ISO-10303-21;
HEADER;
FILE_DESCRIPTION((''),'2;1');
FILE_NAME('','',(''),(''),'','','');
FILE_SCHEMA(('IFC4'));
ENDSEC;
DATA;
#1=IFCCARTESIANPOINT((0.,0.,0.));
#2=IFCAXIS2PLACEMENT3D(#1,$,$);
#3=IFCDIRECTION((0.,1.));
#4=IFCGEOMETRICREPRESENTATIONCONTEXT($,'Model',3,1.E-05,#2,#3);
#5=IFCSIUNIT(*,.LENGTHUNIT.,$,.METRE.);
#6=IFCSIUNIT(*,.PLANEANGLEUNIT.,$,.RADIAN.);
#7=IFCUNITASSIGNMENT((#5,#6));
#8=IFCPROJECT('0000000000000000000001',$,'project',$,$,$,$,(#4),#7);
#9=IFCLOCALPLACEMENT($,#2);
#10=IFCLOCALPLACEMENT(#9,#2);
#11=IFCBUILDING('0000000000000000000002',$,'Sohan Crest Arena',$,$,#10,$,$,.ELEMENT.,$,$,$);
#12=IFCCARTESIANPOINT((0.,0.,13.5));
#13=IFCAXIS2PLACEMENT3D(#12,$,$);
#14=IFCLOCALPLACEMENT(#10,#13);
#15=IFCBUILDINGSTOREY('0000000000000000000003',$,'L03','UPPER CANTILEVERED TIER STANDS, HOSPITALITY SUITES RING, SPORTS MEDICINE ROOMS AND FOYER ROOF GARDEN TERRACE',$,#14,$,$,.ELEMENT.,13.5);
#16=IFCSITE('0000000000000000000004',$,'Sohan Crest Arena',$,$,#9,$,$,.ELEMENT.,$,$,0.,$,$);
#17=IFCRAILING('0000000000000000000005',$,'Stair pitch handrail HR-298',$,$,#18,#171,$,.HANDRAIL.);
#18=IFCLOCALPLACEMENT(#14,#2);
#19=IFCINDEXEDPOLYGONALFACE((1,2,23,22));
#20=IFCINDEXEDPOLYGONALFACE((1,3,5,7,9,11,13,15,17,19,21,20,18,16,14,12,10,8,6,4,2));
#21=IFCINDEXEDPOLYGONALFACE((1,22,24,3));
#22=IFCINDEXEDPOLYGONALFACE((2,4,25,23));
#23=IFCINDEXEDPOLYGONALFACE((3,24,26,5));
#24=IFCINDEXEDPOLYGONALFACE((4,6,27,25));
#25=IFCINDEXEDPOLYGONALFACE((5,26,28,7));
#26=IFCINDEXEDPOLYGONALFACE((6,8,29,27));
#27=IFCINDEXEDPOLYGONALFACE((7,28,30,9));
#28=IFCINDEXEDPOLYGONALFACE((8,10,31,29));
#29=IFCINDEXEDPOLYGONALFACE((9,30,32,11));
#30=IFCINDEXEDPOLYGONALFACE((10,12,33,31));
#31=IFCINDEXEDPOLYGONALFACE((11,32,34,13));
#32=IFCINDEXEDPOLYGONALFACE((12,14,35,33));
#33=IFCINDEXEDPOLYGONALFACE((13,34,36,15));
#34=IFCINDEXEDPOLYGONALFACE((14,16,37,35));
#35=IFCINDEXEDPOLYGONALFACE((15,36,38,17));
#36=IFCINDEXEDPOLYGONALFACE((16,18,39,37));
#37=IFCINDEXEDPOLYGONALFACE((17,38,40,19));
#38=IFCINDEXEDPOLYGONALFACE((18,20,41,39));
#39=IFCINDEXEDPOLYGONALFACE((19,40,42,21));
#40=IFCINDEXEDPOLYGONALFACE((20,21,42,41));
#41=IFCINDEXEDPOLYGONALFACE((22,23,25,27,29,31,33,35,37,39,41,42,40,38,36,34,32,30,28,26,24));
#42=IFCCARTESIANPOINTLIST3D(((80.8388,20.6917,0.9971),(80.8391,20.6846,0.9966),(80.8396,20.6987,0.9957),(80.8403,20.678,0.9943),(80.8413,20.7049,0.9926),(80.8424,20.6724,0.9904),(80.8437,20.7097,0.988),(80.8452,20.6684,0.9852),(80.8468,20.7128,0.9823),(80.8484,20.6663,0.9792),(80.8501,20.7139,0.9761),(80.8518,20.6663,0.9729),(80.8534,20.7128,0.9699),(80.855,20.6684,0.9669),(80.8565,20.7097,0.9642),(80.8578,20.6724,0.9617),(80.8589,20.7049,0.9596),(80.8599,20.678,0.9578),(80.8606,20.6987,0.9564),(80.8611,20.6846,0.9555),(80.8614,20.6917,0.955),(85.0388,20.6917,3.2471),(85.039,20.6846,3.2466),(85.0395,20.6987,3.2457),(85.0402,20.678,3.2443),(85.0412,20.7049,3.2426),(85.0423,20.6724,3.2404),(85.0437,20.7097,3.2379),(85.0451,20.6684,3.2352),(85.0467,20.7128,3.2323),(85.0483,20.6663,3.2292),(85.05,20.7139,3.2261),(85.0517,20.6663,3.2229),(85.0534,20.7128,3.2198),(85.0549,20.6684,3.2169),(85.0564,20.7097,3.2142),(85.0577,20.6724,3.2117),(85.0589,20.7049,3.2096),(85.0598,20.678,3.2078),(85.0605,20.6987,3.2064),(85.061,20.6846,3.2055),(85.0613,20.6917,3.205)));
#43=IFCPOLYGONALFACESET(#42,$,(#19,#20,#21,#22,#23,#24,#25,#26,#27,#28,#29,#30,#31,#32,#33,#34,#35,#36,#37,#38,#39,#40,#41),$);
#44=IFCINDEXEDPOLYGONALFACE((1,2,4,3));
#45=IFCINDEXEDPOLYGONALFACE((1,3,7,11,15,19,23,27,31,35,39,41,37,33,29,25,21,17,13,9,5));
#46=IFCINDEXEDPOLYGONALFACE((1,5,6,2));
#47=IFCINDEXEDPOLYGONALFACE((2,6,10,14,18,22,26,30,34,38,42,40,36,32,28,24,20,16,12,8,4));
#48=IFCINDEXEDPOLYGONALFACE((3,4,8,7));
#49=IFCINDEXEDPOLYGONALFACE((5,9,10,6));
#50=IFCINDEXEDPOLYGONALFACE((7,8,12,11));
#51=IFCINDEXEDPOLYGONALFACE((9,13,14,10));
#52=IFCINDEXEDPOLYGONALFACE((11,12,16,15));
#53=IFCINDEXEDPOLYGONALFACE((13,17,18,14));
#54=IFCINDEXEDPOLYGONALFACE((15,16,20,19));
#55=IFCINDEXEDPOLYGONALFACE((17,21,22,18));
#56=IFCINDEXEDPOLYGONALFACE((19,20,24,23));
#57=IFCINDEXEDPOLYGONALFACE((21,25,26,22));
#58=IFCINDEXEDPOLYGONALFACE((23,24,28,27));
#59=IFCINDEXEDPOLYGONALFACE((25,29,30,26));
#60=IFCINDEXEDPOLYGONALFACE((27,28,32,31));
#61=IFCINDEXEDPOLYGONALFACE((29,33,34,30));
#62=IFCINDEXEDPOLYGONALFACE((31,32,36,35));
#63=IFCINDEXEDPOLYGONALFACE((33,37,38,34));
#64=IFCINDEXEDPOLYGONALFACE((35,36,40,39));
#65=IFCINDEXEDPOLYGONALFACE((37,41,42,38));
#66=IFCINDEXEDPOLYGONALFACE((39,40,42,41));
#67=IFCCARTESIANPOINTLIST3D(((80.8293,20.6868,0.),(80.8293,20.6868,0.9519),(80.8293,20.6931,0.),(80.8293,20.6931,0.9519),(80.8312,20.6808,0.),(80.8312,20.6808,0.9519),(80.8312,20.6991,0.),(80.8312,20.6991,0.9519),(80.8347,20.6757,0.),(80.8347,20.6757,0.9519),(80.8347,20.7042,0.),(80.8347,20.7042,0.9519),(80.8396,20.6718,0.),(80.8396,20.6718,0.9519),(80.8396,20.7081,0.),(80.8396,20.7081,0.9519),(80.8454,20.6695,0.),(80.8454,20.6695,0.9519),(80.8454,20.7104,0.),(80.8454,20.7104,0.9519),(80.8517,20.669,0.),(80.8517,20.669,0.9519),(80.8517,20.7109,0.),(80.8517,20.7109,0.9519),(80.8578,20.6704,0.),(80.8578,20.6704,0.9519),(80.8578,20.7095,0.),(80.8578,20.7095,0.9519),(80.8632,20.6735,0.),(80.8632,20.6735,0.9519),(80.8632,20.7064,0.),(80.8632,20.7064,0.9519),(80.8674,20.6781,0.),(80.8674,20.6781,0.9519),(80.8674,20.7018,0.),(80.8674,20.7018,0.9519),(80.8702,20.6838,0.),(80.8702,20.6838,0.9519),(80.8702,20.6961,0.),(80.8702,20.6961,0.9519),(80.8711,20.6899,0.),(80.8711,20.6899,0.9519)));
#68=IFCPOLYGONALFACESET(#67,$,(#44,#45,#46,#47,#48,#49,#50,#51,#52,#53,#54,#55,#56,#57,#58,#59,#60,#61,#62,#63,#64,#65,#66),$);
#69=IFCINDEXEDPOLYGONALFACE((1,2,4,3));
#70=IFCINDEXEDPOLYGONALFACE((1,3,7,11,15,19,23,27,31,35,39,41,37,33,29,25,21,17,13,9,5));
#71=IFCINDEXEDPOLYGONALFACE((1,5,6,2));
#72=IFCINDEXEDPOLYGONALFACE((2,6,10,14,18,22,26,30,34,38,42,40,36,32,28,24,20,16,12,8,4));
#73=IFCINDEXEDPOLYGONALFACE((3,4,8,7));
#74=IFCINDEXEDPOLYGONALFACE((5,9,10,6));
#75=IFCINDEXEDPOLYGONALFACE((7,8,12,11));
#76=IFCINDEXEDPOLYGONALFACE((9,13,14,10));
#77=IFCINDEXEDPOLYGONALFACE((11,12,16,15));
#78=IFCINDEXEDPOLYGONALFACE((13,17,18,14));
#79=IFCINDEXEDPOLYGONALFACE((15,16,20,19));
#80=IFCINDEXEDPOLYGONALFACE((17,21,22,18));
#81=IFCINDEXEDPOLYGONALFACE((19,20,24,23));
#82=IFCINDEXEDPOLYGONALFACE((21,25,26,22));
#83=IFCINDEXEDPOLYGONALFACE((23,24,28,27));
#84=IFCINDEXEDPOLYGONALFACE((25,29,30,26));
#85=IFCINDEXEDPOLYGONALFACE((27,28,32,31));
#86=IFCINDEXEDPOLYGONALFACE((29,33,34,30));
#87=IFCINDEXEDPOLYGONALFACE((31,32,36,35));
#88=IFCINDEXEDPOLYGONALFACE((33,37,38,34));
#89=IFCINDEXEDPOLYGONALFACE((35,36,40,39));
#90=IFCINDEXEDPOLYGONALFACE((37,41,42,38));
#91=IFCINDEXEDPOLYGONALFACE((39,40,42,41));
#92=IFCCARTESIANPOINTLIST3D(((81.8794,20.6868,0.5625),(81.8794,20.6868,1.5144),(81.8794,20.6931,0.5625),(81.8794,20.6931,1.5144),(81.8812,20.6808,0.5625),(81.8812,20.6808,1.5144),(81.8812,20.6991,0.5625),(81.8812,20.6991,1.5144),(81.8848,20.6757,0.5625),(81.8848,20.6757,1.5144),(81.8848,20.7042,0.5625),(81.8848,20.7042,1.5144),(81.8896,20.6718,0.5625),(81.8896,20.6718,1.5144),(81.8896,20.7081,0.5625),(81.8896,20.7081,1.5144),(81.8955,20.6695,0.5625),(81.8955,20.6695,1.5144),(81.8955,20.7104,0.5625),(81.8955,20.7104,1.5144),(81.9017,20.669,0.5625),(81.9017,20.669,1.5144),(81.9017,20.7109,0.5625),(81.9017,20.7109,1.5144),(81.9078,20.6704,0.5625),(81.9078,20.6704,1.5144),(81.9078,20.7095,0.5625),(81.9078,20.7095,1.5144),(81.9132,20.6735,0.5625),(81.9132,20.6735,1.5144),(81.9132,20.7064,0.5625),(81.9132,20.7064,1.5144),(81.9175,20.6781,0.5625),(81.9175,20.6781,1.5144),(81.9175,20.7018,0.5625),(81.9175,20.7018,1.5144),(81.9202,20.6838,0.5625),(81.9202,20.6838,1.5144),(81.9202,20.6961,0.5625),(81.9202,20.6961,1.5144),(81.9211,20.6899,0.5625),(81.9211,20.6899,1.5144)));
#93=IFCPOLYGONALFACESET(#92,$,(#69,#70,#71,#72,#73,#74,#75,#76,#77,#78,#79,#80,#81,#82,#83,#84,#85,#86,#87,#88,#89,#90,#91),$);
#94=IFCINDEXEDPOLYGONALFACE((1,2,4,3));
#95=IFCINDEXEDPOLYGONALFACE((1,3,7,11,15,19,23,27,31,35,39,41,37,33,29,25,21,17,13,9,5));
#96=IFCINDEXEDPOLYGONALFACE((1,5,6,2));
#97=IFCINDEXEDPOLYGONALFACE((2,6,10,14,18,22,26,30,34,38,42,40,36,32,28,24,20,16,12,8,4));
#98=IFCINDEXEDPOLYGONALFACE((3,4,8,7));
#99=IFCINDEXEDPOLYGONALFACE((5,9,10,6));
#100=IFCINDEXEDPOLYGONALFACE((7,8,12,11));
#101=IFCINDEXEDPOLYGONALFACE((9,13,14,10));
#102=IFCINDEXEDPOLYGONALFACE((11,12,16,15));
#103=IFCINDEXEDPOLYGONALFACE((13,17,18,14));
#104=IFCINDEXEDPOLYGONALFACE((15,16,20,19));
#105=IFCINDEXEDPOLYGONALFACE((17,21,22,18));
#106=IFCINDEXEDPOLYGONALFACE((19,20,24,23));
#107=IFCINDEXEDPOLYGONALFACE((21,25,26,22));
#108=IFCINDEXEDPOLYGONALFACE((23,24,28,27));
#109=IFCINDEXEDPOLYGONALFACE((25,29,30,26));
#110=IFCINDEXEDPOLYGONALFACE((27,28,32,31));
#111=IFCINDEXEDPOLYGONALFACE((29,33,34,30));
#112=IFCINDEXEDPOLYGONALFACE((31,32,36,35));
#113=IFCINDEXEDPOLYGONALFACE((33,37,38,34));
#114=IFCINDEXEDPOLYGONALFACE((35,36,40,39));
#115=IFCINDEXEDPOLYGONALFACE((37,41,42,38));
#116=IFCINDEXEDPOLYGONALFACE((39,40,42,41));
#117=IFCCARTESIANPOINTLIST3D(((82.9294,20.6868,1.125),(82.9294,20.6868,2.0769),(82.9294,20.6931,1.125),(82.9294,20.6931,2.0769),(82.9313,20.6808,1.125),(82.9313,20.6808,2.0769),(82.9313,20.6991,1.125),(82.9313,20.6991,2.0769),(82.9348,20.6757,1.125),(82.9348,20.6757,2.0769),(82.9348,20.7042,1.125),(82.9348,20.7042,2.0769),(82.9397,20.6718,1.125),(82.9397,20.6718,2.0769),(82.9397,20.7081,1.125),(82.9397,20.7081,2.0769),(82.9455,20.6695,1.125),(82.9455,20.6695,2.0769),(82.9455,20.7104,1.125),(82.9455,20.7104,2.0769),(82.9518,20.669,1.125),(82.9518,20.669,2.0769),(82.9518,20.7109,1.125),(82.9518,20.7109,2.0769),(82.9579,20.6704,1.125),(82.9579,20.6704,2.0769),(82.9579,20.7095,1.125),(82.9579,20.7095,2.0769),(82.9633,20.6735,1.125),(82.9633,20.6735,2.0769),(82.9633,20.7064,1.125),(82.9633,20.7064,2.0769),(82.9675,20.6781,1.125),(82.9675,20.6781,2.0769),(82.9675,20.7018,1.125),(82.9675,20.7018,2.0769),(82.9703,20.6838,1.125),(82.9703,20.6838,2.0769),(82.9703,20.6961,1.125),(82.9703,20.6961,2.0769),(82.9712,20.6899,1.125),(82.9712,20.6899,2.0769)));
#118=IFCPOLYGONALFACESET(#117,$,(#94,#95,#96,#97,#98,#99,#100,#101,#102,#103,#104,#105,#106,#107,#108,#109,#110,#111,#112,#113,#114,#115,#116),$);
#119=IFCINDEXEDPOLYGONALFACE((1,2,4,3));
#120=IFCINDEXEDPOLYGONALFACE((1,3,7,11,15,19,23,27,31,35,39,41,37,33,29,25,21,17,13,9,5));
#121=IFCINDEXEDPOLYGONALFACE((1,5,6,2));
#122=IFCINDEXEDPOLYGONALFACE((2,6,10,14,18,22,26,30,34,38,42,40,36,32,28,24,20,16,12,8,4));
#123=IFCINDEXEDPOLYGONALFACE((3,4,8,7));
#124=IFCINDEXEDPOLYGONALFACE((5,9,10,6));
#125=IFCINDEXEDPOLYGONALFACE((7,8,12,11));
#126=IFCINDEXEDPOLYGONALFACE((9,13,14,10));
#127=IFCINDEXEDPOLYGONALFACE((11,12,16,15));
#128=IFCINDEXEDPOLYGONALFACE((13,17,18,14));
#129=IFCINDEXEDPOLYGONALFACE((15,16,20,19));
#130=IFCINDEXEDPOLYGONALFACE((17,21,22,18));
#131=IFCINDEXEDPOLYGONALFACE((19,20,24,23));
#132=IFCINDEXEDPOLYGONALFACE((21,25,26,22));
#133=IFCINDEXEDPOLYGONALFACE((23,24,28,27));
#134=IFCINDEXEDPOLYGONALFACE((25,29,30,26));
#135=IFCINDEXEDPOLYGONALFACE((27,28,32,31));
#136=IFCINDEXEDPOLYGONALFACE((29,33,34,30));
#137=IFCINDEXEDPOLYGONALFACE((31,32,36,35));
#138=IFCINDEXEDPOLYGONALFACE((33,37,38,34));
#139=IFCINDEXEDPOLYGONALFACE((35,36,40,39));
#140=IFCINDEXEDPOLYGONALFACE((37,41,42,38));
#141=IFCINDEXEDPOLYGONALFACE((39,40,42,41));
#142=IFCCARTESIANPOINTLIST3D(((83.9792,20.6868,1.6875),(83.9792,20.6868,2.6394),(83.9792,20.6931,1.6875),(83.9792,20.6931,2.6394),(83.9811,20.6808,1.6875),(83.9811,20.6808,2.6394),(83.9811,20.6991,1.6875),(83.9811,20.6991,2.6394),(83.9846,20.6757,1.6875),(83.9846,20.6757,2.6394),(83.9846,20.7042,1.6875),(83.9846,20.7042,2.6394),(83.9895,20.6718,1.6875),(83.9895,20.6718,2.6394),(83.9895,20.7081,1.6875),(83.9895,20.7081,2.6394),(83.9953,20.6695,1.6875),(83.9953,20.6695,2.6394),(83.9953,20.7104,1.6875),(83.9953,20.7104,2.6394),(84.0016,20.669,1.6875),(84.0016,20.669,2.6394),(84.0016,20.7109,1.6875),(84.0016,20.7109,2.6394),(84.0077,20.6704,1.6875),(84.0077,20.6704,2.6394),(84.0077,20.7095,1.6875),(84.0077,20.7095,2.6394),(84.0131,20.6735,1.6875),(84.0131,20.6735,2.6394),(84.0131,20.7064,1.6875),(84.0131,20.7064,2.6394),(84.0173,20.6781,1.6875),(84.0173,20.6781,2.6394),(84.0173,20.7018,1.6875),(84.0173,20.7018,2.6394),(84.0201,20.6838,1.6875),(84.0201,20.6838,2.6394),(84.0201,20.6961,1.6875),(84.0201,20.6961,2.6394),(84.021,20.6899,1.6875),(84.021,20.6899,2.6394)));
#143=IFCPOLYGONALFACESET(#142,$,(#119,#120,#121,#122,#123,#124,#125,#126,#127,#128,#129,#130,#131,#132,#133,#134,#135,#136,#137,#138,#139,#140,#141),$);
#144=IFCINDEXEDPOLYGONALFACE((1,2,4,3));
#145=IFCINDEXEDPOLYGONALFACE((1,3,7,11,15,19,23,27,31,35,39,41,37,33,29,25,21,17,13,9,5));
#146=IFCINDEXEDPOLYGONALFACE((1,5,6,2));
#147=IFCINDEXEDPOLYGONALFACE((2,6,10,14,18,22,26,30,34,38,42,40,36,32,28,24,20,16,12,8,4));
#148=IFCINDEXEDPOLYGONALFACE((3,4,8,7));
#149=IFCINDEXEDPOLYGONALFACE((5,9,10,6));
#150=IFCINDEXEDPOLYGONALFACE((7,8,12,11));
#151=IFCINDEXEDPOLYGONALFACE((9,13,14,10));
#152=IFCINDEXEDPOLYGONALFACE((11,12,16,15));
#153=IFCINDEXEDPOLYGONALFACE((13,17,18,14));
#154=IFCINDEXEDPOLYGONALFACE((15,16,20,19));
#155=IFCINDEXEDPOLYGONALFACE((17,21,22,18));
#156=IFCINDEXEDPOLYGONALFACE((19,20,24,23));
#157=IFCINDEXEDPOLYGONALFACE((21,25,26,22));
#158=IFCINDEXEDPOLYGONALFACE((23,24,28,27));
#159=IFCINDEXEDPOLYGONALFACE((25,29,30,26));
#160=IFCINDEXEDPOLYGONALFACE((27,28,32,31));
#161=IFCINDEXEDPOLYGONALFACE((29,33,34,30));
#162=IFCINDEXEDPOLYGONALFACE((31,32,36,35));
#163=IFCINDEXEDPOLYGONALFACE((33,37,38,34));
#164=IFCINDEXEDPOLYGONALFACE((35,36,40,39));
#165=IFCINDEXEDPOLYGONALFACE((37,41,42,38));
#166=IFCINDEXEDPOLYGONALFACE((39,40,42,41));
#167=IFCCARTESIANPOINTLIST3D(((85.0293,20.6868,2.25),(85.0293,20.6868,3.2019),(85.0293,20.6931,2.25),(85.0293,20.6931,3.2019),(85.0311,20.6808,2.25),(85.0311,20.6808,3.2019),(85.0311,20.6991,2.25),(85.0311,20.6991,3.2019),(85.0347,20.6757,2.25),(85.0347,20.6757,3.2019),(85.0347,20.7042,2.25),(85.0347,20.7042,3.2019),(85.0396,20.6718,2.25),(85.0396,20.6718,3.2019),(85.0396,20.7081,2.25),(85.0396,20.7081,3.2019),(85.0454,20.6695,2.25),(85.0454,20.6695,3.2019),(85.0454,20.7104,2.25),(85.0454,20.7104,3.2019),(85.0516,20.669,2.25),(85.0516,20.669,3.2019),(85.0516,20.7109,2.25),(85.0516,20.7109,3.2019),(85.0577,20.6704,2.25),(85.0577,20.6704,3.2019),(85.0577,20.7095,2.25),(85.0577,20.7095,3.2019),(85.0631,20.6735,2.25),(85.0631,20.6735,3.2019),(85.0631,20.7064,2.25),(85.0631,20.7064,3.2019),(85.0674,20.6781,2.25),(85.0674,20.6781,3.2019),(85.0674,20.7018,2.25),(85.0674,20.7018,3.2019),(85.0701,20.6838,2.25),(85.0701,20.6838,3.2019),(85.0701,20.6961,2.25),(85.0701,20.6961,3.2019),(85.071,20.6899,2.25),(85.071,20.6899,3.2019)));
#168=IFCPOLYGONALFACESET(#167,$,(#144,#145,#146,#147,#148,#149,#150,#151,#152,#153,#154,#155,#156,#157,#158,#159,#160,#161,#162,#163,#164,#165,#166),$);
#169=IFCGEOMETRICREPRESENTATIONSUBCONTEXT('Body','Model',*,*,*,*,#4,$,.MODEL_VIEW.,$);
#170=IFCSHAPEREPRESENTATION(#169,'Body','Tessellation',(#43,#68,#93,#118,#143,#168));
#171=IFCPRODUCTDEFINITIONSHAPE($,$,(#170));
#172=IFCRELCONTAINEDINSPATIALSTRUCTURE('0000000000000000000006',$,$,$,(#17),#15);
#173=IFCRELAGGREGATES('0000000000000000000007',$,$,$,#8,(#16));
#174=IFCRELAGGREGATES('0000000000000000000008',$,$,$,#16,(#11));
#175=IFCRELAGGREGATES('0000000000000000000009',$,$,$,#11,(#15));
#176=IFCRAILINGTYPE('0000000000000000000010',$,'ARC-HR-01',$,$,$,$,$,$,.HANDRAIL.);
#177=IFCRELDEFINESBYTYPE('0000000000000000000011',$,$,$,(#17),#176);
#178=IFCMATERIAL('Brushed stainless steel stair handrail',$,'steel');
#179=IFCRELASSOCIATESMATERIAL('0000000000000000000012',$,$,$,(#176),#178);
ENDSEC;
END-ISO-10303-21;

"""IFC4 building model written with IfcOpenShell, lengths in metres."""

from ifc_helpers import new_model, si_unit, direction, frame, origin, origin_2d, place, context, subcontext, project, spatial, circle, extrude, material, type_object, element, save


model = new_model("IFC4")

# Units and contexts
model_context = context("Model", 3, precision=1e-05, world=origin(), true_north=direction((0.0, 1.0)))
body_context = subcontext(model_context, "Body", "Model", "MODEL_VIEW")
ifc_project = project(units=[si_unit("LENGTHUNIT", "METRE"), si_unit("PLANEANGLEUNIT", "RADIAN")], contexts=[model_context])

# Site, building, storey
site_placement = place(None, origin())
site = spatial("IfcSite", under=ifc_project, at=site_placement, Name="Sohan Crest Arena", CompositionType="ELEMENT", RefElevation=0.0)
building_placement = place(site_placement, origin())
building = spatial("IfcBuilding", under=site, at=building_placement, Name="Sohan Crest Arena", CompositionType="ELEMENT")
storey_placement = place(building_placement, frame((0.0, 0.0, 13.5)))
storey = spatial("IfcBuildingStorey", under=building, at=storey_placement, Name="L03", Description="UPPER CANTILEVERED TIER STANDS, HOSPITALITY SUITES RING, SPORTS MEDICINE ROOMS AND FOYER ROOF GARDEN TERRACE", CompositionType="ELEMENT", Elevation=13.5)

# Railing
ifc_material_1 = material(Name="Brushed stainless steel stair handrail", Category="steel")
railing_type_1 = type_object("IfcRailingType", Name="ARC-HR-01", PredefinedType="HANDRAIL", material=ifc_material_1)
for number, where, name in (
    (1, (80.8501, 20.6899, 0.0), "Stair pitch handrail HR-298"),
):
    element("IfcRailing", number, at=place(storey_placement, frame(where)), inside=storey, type_object=railing_type_1, Name=name, PredefinedType="HANDRAIL", context=body_context, shape_type="SweptSolid", body=[
        extrude(circle(Radius=0.0239, at=origin_2d()), frame((0.0, 0.0, 0.9761), z_axis=(0.881478, 0.0, 0.472226), x_axis=(0.0, 1.0, 0.0)), (0.0, 0.0, 1.0), 4.7646),
        extrude(circle(Radius=0.021, at=origin_2d()), origin(), (0.0, 0.0, 1.0), 0.9519),
        extrude(circle(Radius=0.021, at=origin_2d()), frame((1.05, 0.0, 0.5625)), (0.0, 0.0, 1.0), 0.9519),
        extrude(circle(Radius=0.021, at=origin_2d()), frame((2.1001, 0.0, 1.125)), (0.0, 0.0, 1.0), 0.9519),
        extrude(circle(Radius=0.021, at=origin_2d()), frame((3.1499, 0.0, 1.6875)), (0.0, 0.0, 1.0), 0.9519),
        extrude(circle(Radius=0.021, at=origin_2d()), frame((4.2, 0.0, 2.25)), (0.0, 0.0, 1.0), 0.9519),
    ])

save(model, "model.ifc")
